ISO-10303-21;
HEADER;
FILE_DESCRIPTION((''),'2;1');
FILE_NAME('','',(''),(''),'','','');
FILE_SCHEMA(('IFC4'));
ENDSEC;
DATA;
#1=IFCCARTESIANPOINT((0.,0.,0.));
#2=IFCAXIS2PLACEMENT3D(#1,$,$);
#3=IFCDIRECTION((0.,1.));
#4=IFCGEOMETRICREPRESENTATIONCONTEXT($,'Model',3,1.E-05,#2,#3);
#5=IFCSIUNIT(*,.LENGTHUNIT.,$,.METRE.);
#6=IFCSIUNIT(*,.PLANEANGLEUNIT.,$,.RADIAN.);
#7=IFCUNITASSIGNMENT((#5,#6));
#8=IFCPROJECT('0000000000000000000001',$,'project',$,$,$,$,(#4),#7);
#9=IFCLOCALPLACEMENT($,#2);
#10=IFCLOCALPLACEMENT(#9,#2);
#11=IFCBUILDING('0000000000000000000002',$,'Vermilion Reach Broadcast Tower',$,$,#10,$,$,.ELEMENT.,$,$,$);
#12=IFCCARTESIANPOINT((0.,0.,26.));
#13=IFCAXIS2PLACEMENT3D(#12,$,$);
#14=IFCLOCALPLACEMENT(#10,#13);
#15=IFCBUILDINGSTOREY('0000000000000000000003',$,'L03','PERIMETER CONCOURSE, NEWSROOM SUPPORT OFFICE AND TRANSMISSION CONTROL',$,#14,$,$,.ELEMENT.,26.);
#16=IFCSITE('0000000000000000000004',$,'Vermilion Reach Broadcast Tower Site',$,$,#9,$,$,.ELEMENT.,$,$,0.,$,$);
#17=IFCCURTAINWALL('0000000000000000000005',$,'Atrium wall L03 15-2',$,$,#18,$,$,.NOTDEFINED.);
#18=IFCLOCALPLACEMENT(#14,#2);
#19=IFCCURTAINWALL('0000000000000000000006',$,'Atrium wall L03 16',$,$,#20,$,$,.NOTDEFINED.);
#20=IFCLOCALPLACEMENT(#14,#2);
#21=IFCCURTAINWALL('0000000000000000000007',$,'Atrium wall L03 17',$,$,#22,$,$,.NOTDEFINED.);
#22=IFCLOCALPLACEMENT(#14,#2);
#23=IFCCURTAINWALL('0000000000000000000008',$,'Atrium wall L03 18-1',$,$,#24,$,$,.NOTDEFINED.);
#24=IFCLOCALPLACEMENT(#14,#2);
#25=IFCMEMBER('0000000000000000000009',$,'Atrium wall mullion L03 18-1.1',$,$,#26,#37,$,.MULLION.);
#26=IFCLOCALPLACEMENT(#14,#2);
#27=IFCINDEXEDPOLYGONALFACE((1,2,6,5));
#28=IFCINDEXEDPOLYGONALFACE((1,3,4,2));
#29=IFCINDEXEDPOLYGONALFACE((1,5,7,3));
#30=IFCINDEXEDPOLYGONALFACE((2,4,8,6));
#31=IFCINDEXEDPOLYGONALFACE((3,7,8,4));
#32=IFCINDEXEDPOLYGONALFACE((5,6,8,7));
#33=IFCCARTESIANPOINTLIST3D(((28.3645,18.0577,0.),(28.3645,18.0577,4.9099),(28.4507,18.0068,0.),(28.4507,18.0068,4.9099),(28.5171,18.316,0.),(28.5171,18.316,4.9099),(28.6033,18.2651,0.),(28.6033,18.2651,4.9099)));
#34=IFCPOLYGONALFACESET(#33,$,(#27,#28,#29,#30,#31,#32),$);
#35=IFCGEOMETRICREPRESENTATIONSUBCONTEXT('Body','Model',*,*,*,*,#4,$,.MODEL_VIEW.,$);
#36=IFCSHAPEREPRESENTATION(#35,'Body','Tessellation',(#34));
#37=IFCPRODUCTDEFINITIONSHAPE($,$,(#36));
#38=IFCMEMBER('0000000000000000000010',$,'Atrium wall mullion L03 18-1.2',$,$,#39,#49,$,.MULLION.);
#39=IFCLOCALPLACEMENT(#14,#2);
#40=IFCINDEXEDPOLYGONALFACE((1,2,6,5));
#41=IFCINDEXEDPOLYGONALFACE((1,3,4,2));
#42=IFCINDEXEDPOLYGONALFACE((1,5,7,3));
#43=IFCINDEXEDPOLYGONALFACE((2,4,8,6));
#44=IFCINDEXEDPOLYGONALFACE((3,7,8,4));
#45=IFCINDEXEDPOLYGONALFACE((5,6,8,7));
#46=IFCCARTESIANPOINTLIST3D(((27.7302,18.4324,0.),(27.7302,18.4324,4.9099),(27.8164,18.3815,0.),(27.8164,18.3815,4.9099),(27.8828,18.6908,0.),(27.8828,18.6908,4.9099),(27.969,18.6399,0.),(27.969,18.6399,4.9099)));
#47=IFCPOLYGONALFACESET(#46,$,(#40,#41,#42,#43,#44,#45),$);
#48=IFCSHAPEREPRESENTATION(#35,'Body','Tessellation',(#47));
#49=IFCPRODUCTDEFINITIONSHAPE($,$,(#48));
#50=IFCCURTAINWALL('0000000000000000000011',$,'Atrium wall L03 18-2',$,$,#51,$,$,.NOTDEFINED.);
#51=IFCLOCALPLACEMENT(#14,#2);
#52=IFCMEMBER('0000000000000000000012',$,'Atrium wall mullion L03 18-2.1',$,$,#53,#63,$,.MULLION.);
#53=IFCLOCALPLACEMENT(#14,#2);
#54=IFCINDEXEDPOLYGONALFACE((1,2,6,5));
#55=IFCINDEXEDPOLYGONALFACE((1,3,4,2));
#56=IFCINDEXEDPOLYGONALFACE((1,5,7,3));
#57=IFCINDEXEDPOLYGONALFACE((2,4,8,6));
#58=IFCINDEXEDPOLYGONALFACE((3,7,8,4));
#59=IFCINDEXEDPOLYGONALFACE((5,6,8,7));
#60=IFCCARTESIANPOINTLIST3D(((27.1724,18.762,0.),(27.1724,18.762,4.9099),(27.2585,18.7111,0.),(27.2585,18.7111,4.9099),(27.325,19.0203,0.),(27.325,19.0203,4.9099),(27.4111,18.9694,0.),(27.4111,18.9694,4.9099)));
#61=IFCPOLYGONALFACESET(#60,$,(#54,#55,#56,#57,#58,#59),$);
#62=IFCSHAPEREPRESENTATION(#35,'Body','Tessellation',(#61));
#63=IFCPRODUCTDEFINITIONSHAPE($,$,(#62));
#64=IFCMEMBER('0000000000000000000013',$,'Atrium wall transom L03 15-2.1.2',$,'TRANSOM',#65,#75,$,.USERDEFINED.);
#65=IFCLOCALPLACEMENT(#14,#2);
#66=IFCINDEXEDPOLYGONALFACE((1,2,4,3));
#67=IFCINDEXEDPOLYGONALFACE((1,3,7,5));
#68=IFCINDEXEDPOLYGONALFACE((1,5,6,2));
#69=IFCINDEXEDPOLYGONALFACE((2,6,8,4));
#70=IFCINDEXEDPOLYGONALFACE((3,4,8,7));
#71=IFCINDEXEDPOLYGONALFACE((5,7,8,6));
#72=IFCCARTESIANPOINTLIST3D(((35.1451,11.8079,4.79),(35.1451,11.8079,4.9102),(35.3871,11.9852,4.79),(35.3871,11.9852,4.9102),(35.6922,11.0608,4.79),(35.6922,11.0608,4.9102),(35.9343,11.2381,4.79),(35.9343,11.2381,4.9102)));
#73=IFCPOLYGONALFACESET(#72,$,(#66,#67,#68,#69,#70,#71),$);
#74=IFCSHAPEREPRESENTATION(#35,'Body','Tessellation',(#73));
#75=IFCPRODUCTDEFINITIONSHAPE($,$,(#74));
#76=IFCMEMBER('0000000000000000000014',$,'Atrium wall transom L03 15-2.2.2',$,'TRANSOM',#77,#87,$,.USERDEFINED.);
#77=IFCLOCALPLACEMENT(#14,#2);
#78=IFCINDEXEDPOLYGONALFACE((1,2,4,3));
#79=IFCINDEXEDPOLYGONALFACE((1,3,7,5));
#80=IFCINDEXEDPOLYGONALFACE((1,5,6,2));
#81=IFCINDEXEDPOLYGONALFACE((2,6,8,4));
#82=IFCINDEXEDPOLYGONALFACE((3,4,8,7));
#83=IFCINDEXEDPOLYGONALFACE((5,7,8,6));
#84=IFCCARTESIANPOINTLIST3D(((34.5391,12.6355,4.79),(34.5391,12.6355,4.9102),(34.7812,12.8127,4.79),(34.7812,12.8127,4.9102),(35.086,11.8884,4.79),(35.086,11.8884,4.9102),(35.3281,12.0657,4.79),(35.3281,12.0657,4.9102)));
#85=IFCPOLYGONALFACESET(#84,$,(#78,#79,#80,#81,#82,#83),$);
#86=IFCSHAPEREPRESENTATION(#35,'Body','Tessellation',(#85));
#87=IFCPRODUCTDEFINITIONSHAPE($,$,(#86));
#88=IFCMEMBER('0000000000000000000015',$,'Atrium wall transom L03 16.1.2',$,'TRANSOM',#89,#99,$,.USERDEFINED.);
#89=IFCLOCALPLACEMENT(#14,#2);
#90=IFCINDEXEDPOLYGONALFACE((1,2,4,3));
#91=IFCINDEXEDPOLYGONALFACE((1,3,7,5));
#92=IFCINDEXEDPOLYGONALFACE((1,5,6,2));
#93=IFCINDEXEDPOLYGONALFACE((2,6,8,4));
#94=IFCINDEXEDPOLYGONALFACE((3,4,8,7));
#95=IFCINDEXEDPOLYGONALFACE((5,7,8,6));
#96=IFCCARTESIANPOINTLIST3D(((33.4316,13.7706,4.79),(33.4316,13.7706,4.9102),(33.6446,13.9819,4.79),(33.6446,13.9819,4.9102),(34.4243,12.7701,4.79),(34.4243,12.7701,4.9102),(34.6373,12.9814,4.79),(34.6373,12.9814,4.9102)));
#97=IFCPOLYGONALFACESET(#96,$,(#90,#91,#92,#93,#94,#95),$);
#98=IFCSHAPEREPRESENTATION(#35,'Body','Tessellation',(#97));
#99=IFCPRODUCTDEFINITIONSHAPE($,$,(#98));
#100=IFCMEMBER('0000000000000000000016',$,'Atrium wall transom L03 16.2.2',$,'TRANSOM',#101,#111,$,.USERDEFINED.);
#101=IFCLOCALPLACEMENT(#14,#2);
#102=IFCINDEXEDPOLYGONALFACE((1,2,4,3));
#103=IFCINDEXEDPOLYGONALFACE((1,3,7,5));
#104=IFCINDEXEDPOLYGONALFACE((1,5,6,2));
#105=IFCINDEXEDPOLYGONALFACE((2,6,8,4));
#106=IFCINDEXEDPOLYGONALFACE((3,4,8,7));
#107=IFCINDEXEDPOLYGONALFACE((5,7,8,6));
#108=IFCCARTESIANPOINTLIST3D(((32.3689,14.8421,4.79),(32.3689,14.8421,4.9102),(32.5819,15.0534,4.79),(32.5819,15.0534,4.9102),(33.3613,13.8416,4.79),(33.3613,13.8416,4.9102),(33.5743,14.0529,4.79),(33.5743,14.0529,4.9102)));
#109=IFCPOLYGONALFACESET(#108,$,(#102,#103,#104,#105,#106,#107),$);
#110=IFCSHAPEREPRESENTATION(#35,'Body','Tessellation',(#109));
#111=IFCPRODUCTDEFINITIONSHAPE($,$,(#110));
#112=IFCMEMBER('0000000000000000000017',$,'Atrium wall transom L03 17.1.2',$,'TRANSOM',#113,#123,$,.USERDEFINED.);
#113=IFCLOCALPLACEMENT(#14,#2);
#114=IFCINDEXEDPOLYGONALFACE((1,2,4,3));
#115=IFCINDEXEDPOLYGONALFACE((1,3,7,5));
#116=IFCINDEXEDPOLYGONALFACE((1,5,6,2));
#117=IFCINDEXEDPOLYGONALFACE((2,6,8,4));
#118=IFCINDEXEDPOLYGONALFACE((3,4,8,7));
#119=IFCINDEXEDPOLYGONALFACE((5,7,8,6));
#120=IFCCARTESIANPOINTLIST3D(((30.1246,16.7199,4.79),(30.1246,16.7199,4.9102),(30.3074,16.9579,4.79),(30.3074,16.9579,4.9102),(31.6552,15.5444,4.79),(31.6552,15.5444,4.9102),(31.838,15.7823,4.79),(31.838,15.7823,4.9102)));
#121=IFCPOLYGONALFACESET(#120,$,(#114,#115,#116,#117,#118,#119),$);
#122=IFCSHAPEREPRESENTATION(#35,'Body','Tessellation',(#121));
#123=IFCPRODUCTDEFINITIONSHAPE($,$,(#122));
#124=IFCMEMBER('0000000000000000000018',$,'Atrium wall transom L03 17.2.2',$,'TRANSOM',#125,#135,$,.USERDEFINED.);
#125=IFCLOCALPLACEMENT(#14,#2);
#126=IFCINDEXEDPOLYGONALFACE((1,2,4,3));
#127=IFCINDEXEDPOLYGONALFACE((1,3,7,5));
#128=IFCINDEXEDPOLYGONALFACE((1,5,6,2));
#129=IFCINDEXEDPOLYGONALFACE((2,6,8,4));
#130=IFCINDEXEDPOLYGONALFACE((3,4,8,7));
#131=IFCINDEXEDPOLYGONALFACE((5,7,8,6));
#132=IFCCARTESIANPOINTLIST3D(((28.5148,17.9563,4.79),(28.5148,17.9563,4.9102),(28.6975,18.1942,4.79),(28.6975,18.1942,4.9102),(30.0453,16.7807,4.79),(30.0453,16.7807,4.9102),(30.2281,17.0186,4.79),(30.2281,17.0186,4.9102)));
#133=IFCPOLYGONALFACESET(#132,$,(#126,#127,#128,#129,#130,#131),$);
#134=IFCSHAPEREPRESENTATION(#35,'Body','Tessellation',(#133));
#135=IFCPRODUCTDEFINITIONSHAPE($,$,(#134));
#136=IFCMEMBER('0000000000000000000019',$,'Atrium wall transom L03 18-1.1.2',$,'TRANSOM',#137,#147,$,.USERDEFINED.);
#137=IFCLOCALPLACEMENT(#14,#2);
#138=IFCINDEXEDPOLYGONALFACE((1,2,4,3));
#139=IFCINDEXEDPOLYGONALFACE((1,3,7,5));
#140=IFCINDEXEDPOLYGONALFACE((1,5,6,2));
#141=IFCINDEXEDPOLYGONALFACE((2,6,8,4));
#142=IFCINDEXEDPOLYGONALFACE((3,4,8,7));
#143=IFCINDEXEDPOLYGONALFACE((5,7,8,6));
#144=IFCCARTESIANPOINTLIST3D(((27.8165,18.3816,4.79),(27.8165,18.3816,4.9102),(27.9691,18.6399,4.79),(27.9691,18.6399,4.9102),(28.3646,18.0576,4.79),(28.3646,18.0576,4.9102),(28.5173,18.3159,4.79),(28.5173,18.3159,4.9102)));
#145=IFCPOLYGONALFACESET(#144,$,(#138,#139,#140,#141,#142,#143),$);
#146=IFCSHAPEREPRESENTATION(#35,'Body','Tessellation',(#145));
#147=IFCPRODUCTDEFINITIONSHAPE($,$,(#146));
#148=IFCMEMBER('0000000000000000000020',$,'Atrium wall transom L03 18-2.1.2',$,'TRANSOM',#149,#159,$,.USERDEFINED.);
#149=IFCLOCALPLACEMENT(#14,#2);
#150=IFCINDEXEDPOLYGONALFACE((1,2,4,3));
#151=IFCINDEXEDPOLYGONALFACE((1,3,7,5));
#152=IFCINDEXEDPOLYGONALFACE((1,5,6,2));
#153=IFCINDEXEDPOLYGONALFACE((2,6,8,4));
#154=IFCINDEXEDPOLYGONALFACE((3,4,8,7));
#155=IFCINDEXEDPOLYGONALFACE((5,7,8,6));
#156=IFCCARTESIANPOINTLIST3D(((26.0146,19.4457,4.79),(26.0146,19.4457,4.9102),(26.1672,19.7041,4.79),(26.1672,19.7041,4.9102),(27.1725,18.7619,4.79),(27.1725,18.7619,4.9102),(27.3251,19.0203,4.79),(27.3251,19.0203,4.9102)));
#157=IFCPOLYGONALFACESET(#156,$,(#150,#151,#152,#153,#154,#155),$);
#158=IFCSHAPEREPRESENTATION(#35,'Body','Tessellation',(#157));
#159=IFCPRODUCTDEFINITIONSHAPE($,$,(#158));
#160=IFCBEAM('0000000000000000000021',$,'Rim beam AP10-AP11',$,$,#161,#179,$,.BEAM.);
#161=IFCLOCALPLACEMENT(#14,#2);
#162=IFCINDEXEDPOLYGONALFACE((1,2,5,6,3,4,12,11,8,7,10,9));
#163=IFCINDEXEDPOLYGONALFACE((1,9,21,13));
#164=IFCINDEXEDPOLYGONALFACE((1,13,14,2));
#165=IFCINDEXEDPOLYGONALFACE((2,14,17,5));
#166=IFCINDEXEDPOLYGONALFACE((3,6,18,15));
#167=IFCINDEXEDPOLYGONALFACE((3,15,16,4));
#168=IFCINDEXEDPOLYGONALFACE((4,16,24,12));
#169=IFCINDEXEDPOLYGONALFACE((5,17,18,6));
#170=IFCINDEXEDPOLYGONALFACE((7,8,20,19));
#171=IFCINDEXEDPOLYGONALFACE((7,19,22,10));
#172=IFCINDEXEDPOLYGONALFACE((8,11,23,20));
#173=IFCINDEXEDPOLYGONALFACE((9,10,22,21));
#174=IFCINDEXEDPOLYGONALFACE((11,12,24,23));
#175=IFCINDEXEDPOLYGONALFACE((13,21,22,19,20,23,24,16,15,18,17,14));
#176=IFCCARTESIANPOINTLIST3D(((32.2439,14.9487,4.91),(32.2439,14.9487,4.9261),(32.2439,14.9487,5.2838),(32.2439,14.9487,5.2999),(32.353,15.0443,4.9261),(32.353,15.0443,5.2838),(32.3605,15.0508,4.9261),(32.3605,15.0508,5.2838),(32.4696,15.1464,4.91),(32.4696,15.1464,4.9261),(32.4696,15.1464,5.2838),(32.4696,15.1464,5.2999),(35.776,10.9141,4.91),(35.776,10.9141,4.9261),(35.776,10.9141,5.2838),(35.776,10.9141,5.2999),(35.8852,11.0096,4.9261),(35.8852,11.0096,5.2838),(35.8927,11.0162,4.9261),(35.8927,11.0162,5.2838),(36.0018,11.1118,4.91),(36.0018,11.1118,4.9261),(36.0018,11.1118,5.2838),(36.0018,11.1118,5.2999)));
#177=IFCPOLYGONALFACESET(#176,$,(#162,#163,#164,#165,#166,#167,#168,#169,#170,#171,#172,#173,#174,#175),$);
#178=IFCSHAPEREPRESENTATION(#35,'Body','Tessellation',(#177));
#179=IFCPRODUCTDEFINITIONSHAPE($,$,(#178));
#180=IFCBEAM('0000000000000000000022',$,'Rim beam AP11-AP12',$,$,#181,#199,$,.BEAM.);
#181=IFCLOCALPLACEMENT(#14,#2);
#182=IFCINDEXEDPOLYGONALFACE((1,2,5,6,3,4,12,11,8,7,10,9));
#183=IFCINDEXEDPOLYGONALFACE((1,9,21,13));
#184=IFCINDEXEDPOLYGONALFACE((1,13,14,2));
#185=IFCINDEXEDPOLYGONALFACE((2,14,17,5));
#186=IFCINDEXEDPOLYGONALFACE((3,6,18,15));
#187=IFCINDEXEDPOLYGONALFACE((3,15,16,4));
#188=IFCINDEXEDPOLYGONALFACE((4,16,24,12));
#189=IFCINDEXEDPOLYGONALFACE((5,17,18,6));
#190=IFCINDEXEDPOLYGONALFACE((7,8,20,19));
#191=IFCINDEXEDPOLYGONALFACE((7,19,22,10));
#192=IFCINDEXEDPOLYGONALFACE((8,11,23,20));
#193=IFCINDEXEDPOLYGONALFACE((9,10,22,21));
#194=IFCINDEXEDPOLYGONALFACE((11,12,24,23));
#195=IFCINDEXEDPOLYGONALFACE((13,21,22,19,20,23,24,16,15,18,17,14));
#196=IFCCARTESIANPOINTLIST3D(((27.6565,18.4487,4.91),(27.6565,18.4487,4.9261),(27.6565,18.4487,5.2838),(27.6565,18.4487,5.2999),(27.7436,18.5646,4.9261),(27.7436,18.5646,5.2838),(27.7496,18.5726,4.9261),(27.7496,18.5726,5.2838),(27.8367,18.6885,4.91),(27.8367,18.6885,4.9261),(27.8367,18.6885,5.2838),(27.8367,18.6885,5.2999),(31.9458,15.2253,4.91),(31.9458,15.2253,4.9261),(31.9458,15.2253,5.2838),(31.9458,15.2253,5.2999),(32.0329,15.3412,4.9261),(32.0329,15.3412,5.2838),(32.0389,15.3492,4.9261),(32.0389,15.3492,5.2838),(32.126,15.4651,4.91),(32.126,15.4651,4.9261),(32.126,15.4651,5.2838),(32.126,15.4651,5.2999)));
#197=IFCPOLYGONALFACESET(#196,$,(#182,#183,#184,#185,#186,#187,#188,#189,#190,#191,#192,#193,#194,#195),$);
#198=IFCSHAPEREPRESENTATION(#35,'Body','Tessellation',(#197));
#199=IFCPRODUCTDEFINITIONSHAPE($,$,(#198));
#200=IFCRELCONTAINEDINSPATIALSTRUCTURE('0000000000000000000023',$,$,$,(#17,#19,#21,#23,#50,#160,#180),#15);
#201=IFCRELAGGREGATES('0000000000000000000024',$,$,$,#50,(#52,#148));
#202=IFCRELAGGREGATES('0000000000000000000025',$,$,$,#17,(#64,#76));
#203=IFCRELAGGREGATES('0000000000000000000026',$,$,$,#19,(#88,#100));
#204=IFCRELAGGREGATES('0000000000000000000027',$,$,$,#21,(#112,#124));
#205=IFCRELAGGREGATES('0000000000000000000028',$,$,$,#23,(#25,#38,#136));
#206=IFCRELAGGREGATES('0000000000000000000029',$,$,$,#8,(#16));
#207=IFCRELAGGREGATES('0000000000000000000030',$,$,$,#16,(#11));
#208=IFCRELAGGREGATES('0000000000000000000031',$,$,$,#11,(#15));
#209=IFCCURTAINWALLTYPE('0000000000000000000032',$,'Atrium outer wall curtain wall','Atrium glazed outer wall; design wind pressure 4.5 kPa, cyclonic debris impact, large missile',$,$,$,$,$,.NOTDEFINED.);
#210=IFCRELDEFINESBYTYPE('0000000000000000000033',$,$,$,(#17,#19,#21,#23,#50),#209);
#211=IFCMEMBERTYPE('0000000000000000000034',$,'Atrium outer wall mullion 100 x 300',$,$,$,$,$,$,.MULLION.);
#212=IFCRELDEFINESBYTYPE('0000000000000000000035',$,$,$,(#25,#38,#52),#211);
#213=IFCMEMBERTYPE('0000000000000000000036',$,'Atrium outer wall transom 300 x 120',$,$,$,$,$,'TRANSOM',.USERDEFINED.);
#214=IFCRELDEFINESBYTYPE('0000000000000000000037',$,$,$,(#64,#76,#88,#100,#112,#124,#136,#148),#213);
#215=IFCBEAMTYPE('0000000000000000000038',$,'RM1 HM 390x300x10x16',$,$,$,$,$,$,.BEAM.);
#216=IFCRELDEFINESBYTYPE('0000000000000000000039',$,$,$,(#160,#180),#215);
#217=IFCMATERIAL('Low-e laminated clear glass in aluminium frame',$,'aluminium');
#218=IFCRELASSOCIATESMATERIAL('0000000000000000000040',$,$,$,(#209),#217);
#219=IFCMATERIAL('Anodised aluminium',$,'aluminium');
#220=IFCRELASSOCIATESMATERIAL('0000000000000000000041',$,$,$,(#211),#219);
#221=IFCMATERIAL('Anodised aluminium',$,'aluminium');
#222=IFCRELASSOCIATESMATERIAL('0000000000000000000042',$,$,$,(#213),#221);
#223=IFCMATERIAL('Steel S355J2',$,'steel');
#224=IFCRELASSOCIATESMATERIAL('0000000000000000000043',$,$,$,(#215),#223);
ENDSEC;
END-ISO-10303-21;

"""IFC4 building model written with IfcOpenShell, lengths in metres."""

from ifc_helpers import new_model, si_unit, direction, frame, origin, origin_2d, place, context, subcontext, project, spatial, rectangle, i_section, extrude, material, material_profile, profile_set, type_object, element, aggregate, save


model = new_model("IFC4")

# Units and contexts
model_context = context("Model", 3, precision=1e-05, world=origin(), true_north=direction((0.0, 1.0)))
body_context = subcontext(model_context, "Body", "Model", "MODEL_VIEW")
ifc_project = project(units=[si_unit("LENGTHUNIT", "METRE"), si_unit("PLANEANGLEUNIT", "RADIAN")], contexts=[model_context])

# Site, building, storey
site_placement = place(None, origin())
site = spatial("IfcSite", under=ifc_project, at=site_placement, Name="Vermilion Reach Broadcast Tower Site", CompositionType="ELEMENT", RefElevation=0.0)
building_placement = place(site_placement, origin())
building = spatial("IfcBuilding", under=site, at=building_placement, Name="Vermilion Reach Broadcast Tower", CompositionType="ELEMENT")
storey_placement = place(building_placement, frame((0.0, 0.0, 26.0)))
storey = spatial("IfcBuildingStorey", under=building, at=storey_placement, Name="L03", Description="PERIMETER CONCOURSE, NEWSROOM SUPPORT OFFICE AND TRANSMISSION CONTROL", CompositionType="ELEMENT", Elevation=26.0)

# Shared definitions
ifc_material_1 = material(Name="Low-e laminated clear glass in aluminium frame", Category="aluminium")
curtain_wall_type = type_object("IfcCurtainWallType", Name="Atrium outer wall curtain wall", Description="Atrium glazed outer wall; design wind pressure 4.5 kPa, cyclonic debris impact, large missile", PredefinedType="NOTDEFINED", material=ifc_material_1)
placement = place(storey_placement, origin())
ifc_material_2 = material(Name="Anodised aluminium", Category="aluminium")
ifc_material_profile_1 = material_profile(ifc_material_2, rectangle(XDim=0.3, YDim=0.1001, at=origin_2d()), Name="Atrium outer wall mullion 100 x 300")
ifc_profile_set_1 = profile_set([ifc_material_profile_1], Name="Anodised aluminium")
member_type_1 = type_object("IfcMemberType", Name="Atrium outer wall mullion 100 x 300", PredefinedType="MULLION", material=ifc_profile_set_1)

# Curtain walls, members
curtain_wall_1 = element("IfcCurtainWall", 1, at=placement, inside=storey, type_object=curtain_wall_type, Name="Atrium wall L03 15-2", PredefinedType="NOTDEFINED")
curtain_wall_2 = element("IfcCurtainWall", 2, at=placement, inside=storey, type_object=curtain_wall_type, Name="Atrium wall L03 16", PredefinedType="NOTDEFINED")
curtain_wall_3 = element("IfcCurtainWall", 3, at=placement, inside=storey, type_object=curtain_wall_type, Name="Atrium wall L03 17", PredefinedType="NOTDEFINED")
curtain_wall_4 = element("IfcCurtainWall", 4, at=placement, inside=storey, type_object=curtain_wall_type, Name="Atrium wall L03 18-1", PredefinedType="NOTDEFINED")
member_1_placement = place(storey_placement, frame((28.4839, 18.1614, 0.0), z_axis=(0.0, 0.0, 1.0), x_axis=(-0.50859, -0.861009, 0.0)))
member_1 = element("IfcMember", 5, at=member_1_placement, type_object=member_type_1, Name="Atrium wall mullion L03 18-1.1", PredefinedType="MULLION", context=body_context, shape_type="SweptSolid", body=[
    extrude(rectangle(XDim=0.3, YDim=0.1001, at=origin_2d()), origin(), (0.0, 0.0, 1.0), 4.9099),
])
member_2_placement = place(storey_placement, frame((27.8496, 18.5361, 0.0), z_axis=(0.0, 0.0, 1.0), x_axis=(-0.50859, -0.861009, 0.0)))
member_2 = element("IfcMember", 6, at=member_2_placement, type_object=member_type_1, Name="Atrium wall mullion L03 18-1.2", PredefinedType="MULLION", context=body_context, shape_type="SweptSolid", body=[
    extrude(rectangle(XDim=0.3, YDim=0.1001, at=origin_2d()), origin(), (0.0, 0.0, 1.0), 4.9099),
])

# Curtain wall, member
curtain_wall_5 = element("IfcCurtainWall", 7, at=placement, inside=storey, type_object=curtain_wall_type, Name="Atrium wall L03 18-2", PredefinedType="NOTDEFINED")
member_3_placement = place(storey_placement, frame((27.2917, 18.8657, 0.0), z_axis=(0.0, 0.0, 1.0), x_axis=(-0.50859, -0.861009, 0.0)))
member_3 = element("IfcMember", 8, at=member_3_placement, type_object=member_type_1, Name="Atrium wall mullion L03 18-2.1", PredefinedType="MULLION", context=body_context, shape_type="SweptSolid", body=[
    extrude(rectangle(XDim=0.3, YDim=0.1001, at=origin_2d()), origin(), (0.0, 0.0, 1.0), 4.9099),
])

# Members
ifc_material_3 = material(Name="Anodised aluminium", Category="aluminium")
ifc_material_profile_2 = material_profile(ifc_material_3, rectangle(XDim=0.3, YDim=0.1201, at=origin_2d()), Name="Atrium outer wall transom 300 x 120")
ifc_profile_set_2 = profile_set([ifc_material_profile_2], Name="Anodised aluminium")
member_type_2 = type_object("IfcMemberType", Name="Atrium outer wall transom 300 x 120", ElementType="TRANSOM", PredefinedType="USERDEFINED", material=ifc_profile_set_2)
member_4_placement = place(storey_placement, frame((35.8132, 11.1494, 4.8501), z_axis=(-0.590849, 0.806782, 0.0), x_axis=(-0.806782, -0.590849, 0.0)))
member_4 = element("IfcMember", 9, at=member_4_placement, type_object=member_type_2, Name="Atrium wall transom L03 15-2.1.2", ObjectType="TRANSOM", PredefinedType="USERDEFINED", context=body_context, shape_type="SweptSolid", body=[
    extrude(rectangle(XDim=0.3, YDim=0.1201, at=origin_2d()), origin(), (0.0, 0.0, 1.0), 0.926),
])
member_5_placement = place(storey_placement, frame((35.207, 11.9771, 4.8501), z_axis=(-0.590678, 0.806908, 0.0), x_axis=(-0.806908, -0.590678, 0.0)))
member_5 = element("IfcMember", 10, at=member_5_placement, type_object=member_type_2, Name="Atrium wall transom L03 15-2.2.2", ObjectType="TRANSOM", PredefinedType="USERDEFINED", context=body_context, shape_type="SweptSolid", body=[
    extrude(rectangle(XDim=0.3, YDim=0.1201, at=origin_2d()), origin(), (0.0, 0.0, 1.0), 0.9258),
])
member_6_placement = place(storey_placement, frame((34.5308, 12.8757, 4.8501), z_axis=(-0.70433, 0.709873, 0.0), x_axis=(-0.709873, -0.70433, 0.0)))
member_6 = element("IfcMember", 11, at=member_6_placement, type_object=member_type_2, Name="Atrium wall transom L03 16.1.2", ObjectType="TRANSOM", PredefinedType="USERDEFINED", context=body_context, shape_type="SweptSolid", body=[
    extrude(rectangle(XDim=0.3, YDim=0.1201, at=origin_2d()), origin(), (0.0, 0.0, 1.0), 1.4094),
])
member_7_placement = place(storey_placement, frame((33.4678, 13.9473, 4.8501), z_axis=(-0.704242, 0.70996, 0.0), x_axis=(-0.70996, -0.704242, 0.0)))
member_7 = element("IfcMember", 12, at=member_7_placement, type_object=member_type_2, Name="Atrium wall transom L03 16.2.2", ObjectType="TRANSOM", PredefinedType="USERDEFINED", context=body_context, shape_type="SweptSolid", body=[
    extrude(rectangle(XDim=0.3, YDim=0.1201, at=origin_2d()), origin(), (0.0, 0.0, 1.0), 1.4092),
])
member_8_placement = place(storey_placement, frame((31.7466, 15.6633, 4.8501), z_axis=(-0.793071, 0.60913, 0.0), x_axis=(-0.60913, -0.793071, 0.0)))
member_8 = element("IfcMember", 13, at=member_8_placement, type_object=member_type_2, Name="Atrium wall transom L03 17.1.2", ObjectType="TRANSOM", PredefinedType="USERDEFINED", context=body_context, shape_type="SweptSolid", body=[
    extrude(rectangle(XDim=0.3, YDim=0.1201, at=origin_2d()), origin(), (0.0, 0.0, 1.0), 1.9299),
])
member_9_placement = place(storey_placement, frame((30.1367, 16.8997, 4.8501), z_axis=(-0.793071, 0.60913, 0.0), x_axis=(-0.60913, -0.793071, 0.0)))
member_9 = element("IfcMember", 14, at=member_9_placement, type_object=member_type_2, Name="Atrium wall transom L03 17.2.2", ObjectType="TRANSOM", PredefinedType="USERDEFINED", context=body_context, shape_type="SweptSolid", body=[
    extrude(rectangle(XDim=0.3, YDim=0.1201, at=origin_2d()), origin(), (0.0, 0.0, 1.0), 1.9299),
])
member_10_placement = place(storey_placement, frame((28.4409, 18.1868, 4.8501), z_axis=(-0.860858, 0.508846, 0.0), x_axis=(-0.508846, -0.860858, 0.0)))
member_10 = element("IfcMember", 15, at=member_10_placement, type_object=member_type_2, Name="Atrium wall transom L03 18-1.1.2", ObjectType="TRANSOM", PredefinedType="USERDEFINED", context=body_context, shape_type="SweptSolid", body=[
    extrude(rectangle(XDim=0.3, YDim=0.1201, at=origin_2d()), origin(), (0.0, 0.0, 1.0), 0.6367),
])
member_11_placement = place(storey_placement, frame((27.2488, 18.8911, 4.8501), z_axis=(-0.86106, 0.508503, 0.0), x_axis=(-0.508503, -0.86106, 0.0)))
member_11 = element("IfcMember", 16, at=member_11_placement, type_object=member_type_2, Name="Atrium wall transom L03 18-2.1.2", ObjectType="TRANSOM", PredefinedType="USERDEFINED", context=body_context, shape_type="SweptSolid", body=[
    extrude(rectangle(XDim=0.3, YDim=0.1201, at=origin_2d()), origin(), (0.0, 0.0, 1.0), 1.3447),
])
aggregate(curtain_wall_5, [member_3, member_11])

# Beams
ifc_material_4 = material(Name="Steel S355J2", Category="steel")
ifc_material_profile_3 = material_profile(ifc_material_4, i_section(OverallWidth=0.3, OverallDepth=0.3899, WebThickness=0.01, FlangeThickness=0.0161, at=origin_2d()), Name="S355J2 HM 390x300x10x16")
ifc_profile_set_3 = profile_set([ifc_material_profile_3], Name="Steel S355J2")
beam_type = type_object("IfcBeamType", Name="RM1 HM 390x300x10x16", PredefinedType="BEAM", material=ifc_profile_set_3)
beam_1_placement = place(storey_placement, frame((35.8889, 11.0129, 5.105), z_axis=(-0.658704, 0.752402, 0.0), x_axis=(-0.752402, -0.658704, 0.0)))
element("IfcBeam", 17, at=beam_1_placement, inside=storey, type_object=beam_type, Name="Rim beam AP10-AP11", PredefinedType="BEAM", context=body_context, shape_type="SweptSolid", body=[
    extrude(i_section(OverallWidth=0.3, OverallDepth=0.3899, WebThickness=0.01, FlangeThickness=0.0161, at=origin_2d()), origin(), (0.0, 0.0, 1.0), 5.3623),
])
beam_2_placement = place(storey_placement, frame((32.0359, 15.3452, 5.105), z_axis=(-0.799426, 0.600764, 0.0), x_axis=(-0.600764, -0.799426, 0.0)))
element("IfcBeam", 18, at=beam_2_placement, inside=storey, type_object=beam_type, Name="Rim beam AP11-AP12", PredefinedType="BEAM", context=body_context, shape_type="SweptSolid", body=[
    extrude(i_section(OverallWidth=0.3, OverallDepth=0.3899, WebThickness=0.01, FlangeThickness=0.0161, at=origin_2d()), origin(), (0.0, 0.0, 1.0), 5.3655),
])

aggregate(curtain_wall_1, [member_4, member_5])
aggregate(curtain_wall_2, [member_6, member_7])
aggregate(curtain_wall_3, [member_8, member_9])
aggregate(curtain_wall_4, [member_1, member_2, member_10])

save(model, "model.ifc")
